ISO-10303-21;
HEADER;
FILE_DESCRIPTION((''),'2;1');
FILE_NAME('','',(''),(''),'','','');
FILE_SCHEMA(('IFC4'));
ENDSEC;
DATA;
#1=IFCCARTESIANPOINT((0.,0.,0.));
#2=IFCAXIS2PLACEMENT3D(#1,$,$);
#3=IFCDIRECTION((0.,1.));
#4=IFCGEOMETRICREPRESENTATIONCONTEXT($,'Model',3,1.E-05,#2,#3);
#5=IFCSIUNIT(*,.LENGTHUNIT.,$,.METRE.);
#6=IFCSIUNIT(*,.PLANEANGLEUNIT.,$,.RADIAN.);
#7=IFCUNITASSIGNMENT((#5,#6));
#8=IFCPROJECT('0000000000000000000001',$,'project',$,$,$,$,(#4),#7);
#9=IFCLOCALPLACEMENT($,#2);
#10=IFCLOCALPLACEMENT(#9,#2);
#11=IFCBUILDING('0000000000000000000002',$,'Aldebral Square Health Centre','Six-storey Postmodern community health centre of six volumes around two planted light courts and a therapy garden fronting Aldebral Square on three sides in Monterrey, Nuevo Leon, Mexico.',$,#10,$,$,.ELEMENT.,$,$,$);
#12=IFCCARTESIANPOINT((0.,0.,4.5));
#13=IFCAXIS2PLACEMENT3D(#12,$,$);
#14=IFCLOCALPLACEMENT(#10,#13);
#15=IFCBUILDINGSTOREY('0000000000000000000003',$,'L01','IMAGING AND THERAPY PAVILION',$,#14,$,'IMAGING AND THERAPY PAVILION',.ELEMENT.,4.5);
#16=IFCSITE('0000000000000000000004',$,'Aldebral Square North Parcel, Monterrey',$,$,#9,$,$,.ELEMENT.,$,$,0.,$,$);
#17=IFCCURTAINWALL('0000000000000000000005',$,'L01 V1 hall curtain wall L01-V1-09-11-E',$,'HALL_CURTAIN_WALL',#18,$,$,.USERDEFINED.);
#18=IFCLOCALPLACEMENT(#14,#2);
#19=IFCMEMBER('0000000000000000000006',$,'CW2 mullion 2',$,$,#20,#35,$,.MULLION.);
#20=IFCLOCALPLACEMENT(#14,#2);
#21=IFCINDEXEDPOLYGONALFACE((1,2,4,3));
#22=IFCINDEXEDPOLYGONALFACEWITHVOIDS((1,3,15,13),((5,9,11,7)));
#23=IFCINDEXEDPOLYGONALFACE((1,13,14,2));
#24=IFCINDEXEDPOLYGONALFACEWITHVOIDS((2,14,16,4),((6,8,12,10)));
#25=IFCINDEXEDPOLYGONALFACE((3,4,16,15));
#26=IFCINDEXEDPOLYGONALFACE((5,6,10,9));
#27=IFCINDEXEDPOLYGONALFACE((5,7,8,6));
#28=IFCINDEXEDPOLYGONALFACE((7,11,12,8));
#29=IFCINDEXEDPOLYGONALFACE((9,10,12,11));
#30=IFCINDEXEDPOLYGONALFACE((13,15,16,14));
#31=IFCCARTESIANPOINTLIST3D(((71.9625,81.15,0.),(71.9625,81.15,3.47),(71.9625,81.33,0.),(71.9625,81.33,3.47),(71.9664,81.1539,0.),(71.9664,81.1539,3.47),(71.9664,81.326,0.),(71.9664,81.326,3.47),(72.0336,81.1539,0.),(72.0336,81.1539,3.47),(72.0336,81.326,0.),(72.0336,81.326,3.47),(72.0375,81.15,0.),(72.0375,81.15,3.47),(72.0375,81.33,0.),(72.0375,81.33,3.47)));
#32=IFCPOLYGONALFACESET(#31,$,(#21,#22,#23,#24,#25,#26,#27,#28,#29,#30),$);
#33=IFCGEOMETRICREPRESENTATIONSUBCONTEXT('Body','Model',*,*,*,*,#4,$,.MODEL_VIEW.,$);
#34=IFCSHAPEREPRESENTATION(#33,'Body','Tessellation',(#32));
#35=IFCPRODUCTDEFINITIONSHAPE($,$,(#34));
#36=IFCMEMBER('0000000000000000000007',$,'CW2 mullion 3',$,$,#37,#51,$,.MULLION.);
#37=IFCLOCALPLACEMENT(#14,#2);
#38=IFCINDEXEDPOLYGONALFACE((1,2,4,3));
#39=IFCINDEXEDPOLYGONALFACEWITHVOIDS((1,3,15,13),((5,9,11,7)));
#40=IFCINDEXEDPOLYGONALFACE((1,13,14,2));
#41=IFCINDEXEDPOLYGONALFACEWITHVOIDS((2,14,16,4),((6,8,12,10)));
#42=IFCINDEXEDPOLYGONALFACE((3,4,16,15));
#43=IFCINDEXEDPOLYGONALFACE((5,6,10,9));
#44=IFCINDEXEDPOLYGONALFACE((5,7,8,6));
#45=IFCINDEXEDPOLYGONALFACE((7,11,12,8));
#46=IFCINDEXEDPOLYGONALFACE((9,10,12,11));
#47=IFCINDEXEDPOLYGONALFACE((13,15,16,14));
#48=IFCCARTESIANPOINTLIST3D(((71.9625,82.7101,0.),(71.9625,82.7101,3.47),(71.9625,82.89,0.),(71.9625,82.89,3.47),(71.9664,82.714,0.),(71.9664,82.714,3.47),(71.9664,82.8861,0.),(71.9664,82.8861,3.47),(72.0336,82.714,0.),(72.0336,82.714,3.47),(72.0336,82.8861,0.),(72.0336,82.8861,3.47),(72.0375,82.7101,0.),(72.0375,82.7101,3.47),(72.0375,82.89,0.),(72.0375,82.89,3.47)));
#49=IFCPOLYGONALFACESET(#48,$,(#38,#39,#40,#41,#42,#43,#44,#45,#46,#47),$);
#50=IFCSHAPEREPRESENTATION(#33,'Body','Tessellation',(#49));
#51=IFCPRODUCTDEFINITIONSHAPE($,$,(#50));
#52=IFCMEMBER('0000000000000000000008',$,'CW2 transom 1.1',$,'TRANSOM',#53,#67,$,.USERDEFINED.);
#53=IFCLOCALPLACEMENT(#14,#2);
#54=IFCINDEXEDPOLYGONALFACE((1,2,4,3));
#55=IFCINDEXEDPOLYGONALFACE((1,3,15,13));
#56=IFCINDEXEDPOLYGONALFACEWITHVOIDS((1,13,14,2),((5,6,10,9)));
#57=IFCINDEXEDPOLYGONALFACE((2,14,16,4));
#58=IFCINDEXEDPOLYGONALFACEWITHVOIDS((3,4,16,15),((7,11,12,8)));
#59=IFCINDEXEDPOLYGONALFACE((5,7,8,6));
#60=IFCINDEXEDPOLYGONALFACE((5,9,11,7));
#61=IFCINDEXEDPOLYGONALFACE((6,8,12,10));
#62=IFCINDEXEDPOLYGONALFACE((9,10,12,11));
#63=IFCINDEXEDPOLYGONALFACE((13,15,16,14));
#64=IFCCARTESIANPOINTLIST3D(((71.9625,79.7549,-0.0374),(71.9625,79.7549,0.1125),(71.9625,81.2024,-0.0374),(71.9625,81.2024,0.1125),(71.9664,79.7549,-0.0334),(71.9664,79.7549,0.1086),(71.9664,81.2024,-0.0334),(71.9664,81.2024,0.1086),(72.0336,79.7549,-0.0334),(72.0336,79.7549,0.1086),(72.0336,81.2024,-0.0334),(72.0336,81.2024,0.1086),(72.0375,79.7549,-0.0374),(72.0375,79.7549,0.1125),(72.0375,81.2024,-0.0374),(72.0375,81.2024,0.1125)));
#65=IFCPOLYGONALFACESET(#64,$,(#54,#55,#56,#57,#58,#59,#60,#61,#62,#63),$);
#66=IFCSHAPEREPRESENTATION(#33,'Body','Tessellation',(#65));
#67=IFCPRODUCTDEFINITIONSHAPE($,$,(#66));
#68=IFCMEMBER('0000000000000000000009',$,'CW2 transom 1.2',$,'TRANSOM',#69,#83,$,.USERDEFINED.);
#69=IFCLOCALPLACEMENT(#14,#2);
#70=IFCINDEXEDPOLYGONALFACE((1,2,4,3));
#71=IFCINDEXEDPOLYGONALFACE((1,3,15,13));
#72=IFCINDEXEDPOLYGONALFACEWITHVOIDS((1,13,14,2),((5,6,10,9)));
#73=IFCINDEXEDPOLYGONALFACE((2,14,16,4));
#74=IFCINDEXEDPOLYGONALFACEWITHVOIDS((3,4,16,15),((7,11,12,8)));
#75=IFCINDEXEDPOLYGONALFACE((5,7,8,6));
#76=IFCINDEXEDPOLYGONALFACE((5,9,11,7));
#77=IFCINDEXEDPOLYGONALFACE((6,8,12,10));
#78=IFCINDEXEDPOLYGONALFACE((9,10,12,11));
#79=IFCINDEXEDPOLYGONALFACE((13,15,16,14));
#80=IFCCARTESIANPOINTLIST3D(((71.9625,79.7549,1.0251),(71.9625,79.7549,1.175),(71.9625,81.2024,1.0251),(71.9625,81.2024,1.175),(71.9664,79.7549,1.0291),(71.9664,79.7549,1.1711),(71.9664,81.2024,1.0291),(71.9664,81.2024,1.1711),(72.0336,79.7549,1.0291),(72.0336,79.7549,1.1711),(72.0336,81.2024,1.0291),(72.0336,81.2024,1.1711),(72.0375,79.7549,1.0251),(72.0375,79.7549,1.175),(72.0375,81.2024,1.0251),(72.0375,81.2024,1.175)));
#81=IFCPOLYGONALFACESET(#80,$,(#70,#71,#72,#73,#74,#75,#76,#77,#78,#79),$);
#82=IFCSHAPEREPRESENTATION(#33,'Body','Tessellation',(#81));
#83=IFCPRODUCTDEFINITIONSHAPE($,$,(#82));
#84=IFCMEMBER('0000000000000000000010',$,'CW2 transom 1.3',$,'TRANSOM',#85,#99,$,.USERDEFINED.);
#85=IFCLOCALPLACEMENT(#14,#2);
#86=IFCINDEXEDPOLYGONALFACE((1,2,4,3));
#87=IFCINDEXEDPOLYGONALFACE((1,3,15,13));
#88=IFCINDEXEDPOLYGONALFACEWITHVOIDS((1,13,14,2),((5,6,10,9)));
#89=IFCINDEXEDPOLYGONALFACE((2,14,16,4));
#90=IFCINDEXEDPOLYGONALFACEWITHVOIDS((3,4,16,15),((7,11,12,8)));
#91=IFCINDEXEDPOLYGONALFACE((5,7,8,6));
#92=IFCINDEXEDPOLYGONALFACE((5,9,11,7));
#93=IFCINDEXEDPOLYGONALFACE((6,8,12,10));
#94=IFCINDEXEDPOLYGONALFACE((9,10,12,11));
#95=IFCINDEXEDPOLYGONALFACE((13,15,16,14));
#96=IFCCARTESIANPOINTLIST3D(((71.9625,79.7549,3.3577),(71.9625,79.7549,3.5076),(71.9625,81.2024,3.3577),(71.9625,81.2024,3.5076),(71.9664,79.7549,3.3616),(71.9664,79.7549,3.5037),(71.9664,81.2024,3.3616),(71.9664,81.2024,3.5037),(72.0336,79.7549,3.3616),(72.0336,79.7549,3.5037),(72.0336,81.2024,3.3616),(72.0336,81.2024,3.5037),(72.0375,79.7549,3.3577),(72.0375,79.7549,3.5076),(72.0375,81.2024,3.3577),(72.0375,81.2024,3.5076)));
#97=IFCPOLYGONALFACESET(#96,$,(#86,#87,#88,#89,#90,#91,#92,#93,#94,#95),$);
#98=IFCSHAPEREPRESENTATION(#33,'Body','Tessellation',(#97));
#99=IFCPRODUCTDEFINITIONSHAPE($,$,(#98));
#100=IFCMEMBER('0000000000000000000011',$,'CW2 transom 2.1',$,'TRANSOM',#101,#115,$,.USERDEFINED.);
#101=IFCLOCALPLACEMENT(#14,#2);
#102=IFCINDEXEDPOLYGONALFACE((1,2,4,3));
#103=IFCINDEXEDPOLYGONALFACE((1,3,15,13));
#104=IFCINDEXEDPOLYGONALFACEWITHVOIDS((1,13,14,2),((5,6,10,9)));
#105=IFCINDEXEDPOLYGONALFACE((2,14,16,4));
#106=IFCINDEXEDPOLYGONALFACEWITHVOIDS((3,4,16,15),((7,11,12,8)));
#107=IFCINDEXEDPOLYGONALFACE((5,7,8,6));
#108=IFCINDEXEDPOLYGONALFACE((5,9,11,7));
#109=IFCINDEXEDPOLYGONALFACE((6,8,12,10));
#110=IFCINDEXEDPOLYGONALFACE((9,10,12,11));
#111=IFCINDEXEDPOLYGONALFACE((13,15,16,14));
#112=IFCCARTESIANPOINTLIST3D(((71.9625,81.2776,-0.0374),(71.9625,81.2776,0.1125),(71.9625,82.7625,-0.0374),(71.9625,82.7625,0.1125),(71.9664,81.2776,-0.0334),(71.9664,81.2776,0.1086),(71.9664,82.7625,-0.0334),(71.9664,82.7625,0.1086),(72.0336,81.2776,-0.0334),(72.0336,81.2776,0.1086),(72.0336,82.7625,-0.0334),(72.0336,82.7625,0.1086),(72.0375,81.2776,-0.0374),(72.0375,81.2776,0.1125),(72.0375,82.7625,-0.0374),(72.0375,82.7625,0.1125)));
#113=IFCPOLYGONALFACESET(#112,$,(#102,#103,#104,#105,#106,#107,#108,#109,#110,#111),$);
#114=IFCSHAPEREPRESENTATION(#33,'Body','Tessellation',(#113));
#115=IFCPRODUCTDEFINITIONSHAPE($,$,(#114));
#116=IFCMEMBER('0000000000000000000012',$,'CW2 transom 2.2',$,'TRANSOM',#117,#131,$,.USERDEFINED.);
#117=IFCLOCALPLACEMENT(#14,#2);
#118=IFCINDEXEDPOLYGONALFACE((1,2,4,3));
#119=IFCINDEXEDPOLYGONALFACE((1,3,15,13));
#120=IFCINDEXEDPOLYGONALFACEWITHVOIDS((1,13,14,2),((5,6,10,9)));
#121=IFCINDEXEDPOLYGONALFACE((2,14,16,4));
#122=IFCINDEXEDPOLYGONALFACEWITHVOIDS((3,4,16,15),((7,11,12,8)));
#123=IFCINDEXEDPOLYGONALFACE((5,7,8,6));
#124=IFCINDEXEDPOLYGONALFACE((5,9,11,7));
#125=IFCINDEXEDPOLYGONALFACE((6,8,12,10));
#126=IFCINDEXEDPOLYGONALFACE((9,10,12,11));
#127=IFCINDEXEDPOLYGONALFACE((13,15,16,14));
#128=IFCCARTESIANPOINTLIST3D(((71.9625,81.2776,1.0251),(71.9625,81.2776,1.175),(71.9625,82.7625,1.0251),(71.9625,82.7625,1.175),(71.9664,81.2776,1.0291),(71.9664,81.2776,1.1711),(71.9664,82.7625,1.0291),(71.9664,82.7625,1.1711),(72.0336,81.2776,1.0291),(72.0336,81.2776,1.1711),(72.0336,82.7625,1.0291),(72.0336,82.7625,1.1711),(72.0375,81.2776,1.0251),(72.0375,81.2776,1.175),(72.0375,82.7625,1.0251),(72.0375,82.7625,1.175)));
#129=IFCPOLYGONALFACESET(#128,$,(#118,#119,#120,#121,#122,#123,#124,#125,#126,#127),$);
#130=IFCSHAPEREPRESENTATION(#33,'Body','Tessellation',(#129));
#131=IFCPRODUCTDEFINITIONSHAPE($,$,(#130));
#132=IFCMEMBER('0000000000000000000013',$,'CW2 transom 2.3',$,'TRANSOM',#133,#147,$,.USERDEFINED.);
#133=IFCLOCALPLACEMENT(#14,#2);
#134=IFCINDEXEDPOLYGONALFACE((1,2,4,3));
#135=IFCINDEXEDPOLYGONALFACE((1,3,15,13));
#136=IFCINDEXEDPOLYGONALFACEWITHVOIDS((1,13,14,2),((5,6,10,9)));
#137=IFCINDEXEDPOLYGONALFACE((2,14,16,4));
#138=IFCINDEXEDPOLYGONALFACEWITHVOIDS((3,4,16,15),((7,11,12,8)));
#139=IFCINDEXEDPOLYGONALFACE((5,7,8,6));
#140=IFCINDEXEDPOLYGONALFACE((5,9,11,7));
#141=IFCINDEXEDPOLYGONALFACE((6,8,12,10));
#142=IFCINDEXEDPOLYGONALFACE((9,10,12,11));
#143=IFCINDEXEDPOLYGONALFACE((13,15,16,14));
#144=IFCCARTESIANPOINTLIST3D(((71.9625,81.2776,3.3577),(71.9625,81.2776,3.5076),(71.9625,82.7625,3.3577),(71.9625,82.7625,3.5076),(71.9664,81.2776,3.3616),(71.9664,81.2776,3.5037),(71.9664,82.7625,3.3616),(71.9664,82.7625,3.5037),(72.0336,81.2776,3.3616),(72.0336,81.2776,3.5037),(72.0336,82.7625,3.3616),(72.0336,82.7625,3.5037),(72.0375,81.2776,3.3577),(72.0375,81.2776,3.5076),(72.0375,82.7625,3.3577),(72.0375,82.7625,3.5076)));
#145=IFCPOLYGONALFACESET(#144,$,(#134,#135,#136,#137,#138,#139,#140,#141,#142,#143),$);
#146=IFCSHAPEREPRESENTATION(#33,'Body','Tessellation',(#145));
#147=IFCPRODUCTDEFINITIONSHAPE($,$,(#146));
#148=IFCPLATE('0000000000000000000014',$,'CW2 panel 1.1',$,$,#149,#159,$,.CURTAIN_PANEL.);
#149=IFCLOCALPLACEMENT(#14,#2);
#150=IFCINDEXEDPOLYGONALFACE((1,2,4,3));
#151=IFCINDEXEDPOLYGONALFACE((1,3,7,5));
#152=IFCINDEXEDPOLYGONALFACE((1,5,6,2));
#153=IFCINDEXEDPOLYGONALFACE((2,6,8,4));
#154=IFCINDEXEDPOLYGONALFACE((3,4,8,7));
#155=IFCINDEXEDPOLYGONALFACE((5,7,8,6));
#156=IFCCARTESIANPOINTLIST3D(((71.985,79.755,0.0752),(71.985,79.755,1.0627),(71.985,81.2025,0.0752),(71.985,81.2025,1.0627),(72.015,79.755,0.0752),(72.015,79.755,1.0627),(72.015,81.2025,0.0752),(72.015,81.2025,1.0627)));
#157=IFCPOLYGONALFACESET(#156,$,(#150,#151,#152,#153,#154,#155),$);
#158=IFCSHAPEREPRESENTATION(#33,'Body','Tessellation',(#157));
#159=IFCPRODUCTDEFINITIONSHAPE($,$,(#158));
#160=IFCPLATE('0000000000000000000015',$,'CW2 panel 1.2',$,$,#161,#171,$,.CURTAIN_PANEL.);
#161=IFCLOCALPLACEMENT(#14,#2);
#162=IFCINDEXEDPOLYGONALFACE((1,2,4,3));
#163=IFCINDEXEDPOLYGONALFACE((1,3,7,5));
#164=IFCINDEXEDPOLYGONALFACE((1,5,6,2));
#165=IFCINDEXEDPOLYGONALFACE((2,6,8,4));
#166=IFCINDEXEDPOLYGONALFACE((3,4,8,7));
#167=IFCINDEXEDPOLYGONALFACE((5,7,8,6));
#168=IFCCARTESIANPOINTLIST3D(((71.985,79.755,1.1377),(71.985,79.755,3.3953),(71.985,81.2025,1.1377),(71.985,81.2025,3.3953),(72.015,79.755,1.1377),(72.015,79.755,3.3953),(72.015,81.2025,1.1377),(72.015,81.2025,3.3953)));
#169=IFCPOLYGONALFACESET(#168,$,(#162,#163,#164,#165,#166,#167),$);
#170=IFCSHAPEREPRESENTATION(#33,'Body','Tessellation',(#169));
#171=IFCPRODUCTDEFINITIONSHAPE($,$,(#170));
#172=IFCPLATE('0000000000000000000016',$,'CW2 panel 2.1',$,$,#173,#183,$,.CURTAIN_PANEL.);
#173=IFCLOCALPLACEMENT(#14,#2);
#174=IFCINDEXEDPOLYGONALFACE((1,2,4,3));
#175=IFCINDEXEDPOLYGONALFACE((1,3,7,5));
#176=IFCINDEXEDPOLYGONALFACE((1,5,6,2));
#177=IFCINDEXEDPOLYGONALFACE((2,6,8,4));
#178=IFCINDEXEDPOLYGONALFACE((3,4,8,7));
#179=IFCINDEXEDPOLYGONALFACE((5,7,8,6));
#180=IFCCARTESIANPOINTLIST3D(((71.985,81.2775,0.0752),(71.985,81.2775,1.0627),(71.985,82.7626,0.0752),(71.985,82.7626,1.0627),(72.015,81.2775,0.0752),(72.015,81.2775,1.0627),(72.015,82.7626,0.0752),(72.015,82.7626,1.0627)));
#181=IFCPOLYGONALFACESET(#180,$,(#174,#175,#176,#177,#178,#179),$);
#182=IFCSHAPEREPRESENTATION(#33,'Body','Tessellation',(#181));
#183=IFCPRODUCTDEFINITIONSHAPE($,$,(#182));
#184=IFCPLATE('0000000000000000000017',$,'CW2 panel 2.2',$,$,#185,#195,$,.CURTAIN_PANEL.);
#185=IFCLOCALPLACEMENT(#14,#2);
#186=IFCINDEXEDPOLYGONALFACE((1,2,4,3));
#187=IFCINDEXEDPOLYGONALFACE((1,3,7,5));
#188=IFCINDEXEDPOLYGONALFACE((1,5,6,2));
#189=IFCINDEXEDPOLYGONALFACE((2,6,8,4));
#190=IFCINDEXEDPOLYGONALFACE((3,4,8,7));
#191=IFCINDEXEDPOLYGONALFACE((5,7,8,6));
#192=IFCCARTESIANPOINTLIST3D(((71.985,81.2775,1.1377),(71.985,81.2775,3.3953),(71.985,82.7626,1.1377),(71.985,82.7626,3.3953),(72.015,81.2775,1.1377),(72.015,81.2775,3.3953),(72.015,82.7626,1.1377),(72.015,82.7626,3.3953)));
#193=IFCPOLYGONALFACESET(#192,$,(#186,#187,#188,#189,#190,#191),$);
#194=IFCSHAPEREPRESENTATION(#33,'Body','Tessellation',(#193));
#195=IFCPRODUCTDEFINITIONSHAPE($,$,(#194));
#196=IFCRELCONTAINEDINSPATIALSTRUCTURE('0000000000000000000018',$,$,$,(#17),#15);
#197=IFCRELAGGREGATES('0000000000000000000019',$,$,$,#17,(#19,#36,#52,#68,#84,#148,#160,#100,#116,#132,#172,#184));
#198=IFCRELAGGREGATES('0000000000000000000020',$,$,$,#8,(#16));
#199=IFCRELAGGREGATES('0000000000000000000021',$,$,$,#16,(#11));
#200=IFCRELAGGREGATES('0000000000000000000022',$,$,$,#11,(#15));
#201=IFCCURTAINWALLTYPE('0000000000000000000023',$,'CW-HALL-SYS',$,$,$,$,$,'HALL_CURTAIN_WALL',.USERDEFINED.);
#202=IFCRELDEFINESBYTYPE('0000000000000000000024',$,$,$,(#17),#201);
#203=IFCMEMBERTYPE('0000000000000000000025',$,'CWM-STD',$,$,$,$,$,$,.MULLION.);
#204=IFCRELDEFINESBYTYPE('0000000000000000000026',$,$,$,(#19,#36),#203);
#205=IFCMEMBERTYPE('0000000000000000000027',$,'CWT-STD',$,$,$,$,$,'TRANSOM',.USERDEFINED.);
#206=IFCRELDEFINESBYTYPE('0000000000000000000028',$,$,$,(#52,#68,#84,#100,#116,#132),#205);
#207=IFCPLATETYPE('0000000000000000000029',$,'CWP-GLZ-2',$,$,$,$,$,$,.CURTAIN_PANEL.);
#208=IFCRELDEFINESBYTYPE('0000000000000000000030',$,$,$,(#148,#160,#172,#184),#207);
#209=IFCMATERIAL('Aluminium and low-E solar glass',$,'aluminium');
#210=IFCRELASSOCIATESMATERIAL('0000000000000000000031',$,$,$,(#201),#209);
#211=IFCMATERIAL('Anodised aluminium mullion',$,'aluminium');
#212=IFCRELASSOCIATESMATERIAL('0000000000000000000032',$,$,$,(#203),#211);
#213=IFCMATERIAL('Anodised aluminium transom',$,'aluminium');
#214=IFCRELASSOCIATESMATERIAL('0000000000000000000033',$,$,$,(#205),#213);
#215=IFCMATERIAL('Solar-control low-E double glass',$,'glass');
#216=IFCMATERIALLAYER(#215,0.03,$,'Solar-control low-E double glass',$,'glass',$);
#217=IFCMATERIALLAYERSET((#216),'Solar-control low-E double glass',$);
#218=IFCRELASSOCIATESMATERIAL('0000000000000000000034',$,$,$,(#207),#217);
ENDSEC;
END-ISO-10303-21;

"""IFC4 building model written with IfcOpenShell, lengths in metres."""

from ifc_helpers import new_model, si_unit, direction, frame, origin, origin_2d, place, context, subcontext, project, spatial, rectangle, hollow_rectangle, extrude, material, layer, layer_set, material_profile, profile_set, type_object, element, aggregate, save


model = new_model("IFC4")

# Units and contexts
model_context = context("Model", 3, precision=1e-05, world=origin(), true_north=direction((0.0, 1.0)))
body_context = subcontext(model_context, "Body", "Model", "MODEL_VIEW")
ifc_project = project(units=[si_unit("LENGTHUNIT", "METRE"), si_unit("PLANEANGLEUNIT", "RADIAN")], contexts=[model_context])

# Site, building, storey
site_placement = place(None, origin())
site = spatial("IfcSite", under=ifc_project, at=site_placement, Name="Aldebral Square North Parcel, Monterrey", CompositionType="ELEMENT", RefElevation=0.0)
building_placement = place(site_placement, origin())
building = spatial("IfcBuilding", under=site, at=building_placement, Name="Aldebral Square Health Centre", Description="Six-storey Postmodern community health centre of six volumes around two planted light courts and a therapy garden fronting Aldebral Square on three sides in Monterrey, Nuevo Leon, Mexico.", CompositionType="ELEMENT")
storey_placement = place(building_placement, frame((0.0, 0.0, 4.5)))
storey = spatial("IfcBuildingStorey", under=building, at=storey_placement, Name="L01", Description="IMAGING AND THERAPY PAVILION", LongName="IMAGING AND THERAPY PAVILION", CompositionType="ELEMENT", Elevation=4.5)

# Curtain wall, members, plates
ifc_material_1 = material(Name="Aluminium and low-E solar glass", Category="aluminium")
curtain_wall_type = type_object("IfcCurtainWallType", Name="CW-HALL-SYS", ElementType="HALL_CURTAIN_WALL", PredefinedType="USERDEFINED", material=ifc_material_1)
curtain_wall_placement = place(storey_placement, origin())
curtain_wall = element("IfcCurtainWall", 1, at=curtain_wall_placement, inside=storey, type_object=curtain_wall_type, Name="L01 V1 hall curtain wall L01-V1-09-11-E", ObjectType="HALL_CURTAIN_WALL", PredefinedType="USERDEFINED")
ifc_material_2 = material(Name="Anodised aluminium mullion", Category="aluminium")
ifc_material_profile_1 = material_profile(ifc_material_2, hollow_rectangle(XDim=0.075, YDim=0.1799, WallThickness=0.0039, at=origin_2d()), Name="CWM 75x180x4")
ifc_profile_set_1 = profile_set([ifc_material_profile_1], Name="Anodised aluminium mullion")
member_type_1 = type_object("IfcMemberType", Name="CWM-STD", PredefinedType="MULLION", material=ifc_profile_set_1)
member_1_placement = place(storey_placement, frame((72.0, 81.24, 0.0), z_axis=(0.0, 0.0, 1.0), x_axis=(-1.0, 0.0, 0.0)))
member_1 = element("IfcMember", 2, at=member_1_placement, type_object=member_type_1, Name="CW2 mullion 2", PredefinedType="MULLION", context=body_context, shape_type="SweptSolid", body=[
    extrude(hollow_rectangle(XDim=0.075, YDim=0.1799, WallThickness=0.0039, at=origin_2d()), origin(), (0.0, 0.0, 1.0), 3.47),
])
member_2_placement = place(storey_placement, frame((72.0, 82.8, 0.0), z_axis=(0.0, 0.0, 1.0), x_axis=(-1.0, 0.0, 0.0)))
member_2 = element("IfcMember", 3, at=member_2_placement, type_object=member_type_1, Name="CW2 mullion 3", PredefinedType="MULLION", context=body_context, shape_type="SweptSolid", body=[
    extrude(hollow_rectangle(XDim=0.075, YDim=0.1799, WallThickness=0.0039, at=origin_2d()), origin(), (0.0, 0.0, 1.0), 3.47),
])
ifc_material_3 = material(Name="Anodised aluminium transom", Category="aluminium")
ifc_material_profile_2 = material_profile(ifc_material_3, hollow_rectangle(XDim=0.075, YDim=0.1499, WallThickness=0.0039, at=origin_2d()), Name="CWT 75x150x4")
ifc_profile_set_2 = profile_set([ifc_material_profile_2], Name="Anodised aluminium transom")
member_type_2 = type_object("IfcMemberType", Name="CWT-STD", ElementType="TRANSOM", PredefinedType="USERDEFINED", material=ifc_profile_set_2)
member_3_placement = place(storey_placement, frame((72.0, 79.7549, 0.0376), z_axis=(0.0, 1.0, 0.0), x_axis=(-1.0, 0.0, 0.0)))
member_3 = element("IfcMember", 4, at=member_3_placement, type_object=member_type_2, Name="CW2 transom 1.1", ObjectType="TRANSOM", PredefinedType="USERDEFINED", context=body_context, shape_type="SweptSolid", body=[
    extrude(hollow_rectangle(XDim=0.075, YDim=0.1499, WallThickness=0.0039, at=origin_2d()), origin(), (0.0, 0.0, 1.0), 1.4475),
])
member_4_placement = place(storey_placement, frame((72.0, 79.7549, 1.1001), z_axis=(0.0, 1.0, 0.0), x_axis=(-1.0, 0.0, 0.0)))
member_4 = element("IfcMember", 5, at=member_4_placement, type_object=member_type_2, Name="CW2 transom 1.2", ObjectType="TRANSOM", PredefinedType="USERDEFINED", context=body_context, shape_type="SweptSolid", body=[
    extrude(hollow_rectangle(XDim=0.075, YDim=0.1499, WallThickness=0.0039, at=origin_2d()), origin(), (0.0, 0.0, 1.0), 1.4475),
])
member_5_placement = place(storey_placement, frame((72.0, 79.7549, 3.4326), z_axis=(0.0, 1.0, 0.0), x_axis=(-1.0, 0.0, 0.0)))
member_5 = element("IfcMember", 6, at=member_5_placement, type_object=member_type_2, Name="CW2 transom 1.3", ObjectType="TRANSOM", PredefinedType="USERDEFINED", context=body_context, shape_type="SweptSolid", body=[
    extrude(hollow_rectangle(XDim=0.075, YDim=0.1499, WallThickness=0.0039, at=origin_2d()), origin(), (0.0, 0.0, 1.0), 1.4475),
])
member_6_placement = place(storey_placement, frame((72.0, 81.2776, 0.0376), z_axis=(0.0, 1.0, 0.0), x_axis=(-1.0, 0.0, 0.0)))
member_6 = element("IfcMember", 7, at=member_6_placement, type_object=member_type_2, Name="CW2 transom 2.1", ObjectType="TRANSOM", PredefinedType="USERDEFINED", context=body_context, shape_type="SweptSolid", body=[
    extrude(hollow_rectangle(XDim=0.075, YDim=0.1499, WallThickness=0.0039, at=origin_2d()), origin(), (0.0, 0.0, 1.0), 1.4849),
])
member_7_placement = place(storey_placement, frame((72.0, 81.2776, 1.1001), z_axis=(0.0, 1.0, 0.0), x_axis=(-1.0, 0.0, 0.0)))
member_7 = element("IfcMember", 8, at=member_7_placement, type_object=member_type_2, Name="CW2 transom 2.2", ObjectType="TRANSOM", PredefinedType="USERDEFINED", context=body_context, shape_type="SweptSolid", body=[
    extrude(hollow_rectangle(XDim=0.075, YDim=0.1499, WallThickness=0.0039, at=origin_2d()), origin(), (0.0, 0.0, 1.0), 1.4849),
])
member_8_placement = place(storey_placement, frame((72.0, 81.2776, 3.4326), z_axis=(0.0, 1.0, 0.0), x_axis=(-1.0, 0.0, 0.0)))
member_8 = element("IfcMember", 9, at=member_8_placement, type_object=member_type_2, Name="CW2 transom 2.3", ObjectType="TRANSOM", PredefinedType="USERDEFINED", context=body_context, shape_type="SweptSolid", body=[
    extrude(hollow_rectangle(XDim=0.075, YDim=0.1499, WallThickness=0.0039, at=origin_2d()), origin(), (0.0, 0.0, 1.0), 1.4849),
])
ifc_material_4 = material(Name="Solar-control low-E double glass", Category="glass")
ifc_layer = layer(ifc_material_4, 0.03, Name="Solar-control low-E double glass", Category="glass")
ifc_layer_set = layer_set([ifc_layer], Name="Solar-control low-E double glass")
plate_type = type_object("IfcPlateType", Name="CWP-GLZ-2", PredefinedType="CURTAIN_PANEL", material=ifc_layer_set)
plate_1_placement = place(storey_placement, frame((72.0, 80.4788, 0.0752), z_axis=(0.0, 0.0, 1.0), x_axis=(0.0, 1.0, 0.0)))
plate_1 = element("IfcPlate", 10, at=plate_1_placement, type_object=plate_type, Name="CW2 panel 1.1", PredefinedType="CURTAIN_PANEL", context=body_context, shape_type="SweptSolid", body=[
    extrude(rectangle(XDim=1.4475, YDim=0.03, at=origin_2d()), origin(), (0.0, 0.0, 1.0), 0.9875),
])
plate_2_placement = place(storey_placement, frame((72.0, 80.4788, 1.1377), z_axis=(0.0, 0.0, 1.0), x_axis=(0.0, 1.0, 0.0)))
plate_2 = element("IfcPlate", 11, at=plate_2_placement, type_object=plate_type, Name="CW2 panel 1.2", PredefinedType="CURTAIN_PANEL", context=body_context, shape_type="SweptSolid", body=[
    extrude(rectangle(XDim=1.4475, YDim=0.03, at=origin_2d()), origin(), (0.0, 0.0, 1.0), 2.2576),
])
plate_3_placement = place(storey_placement, frame((72.0, 82.02, 0.0752), z_axis=(0.0, 0.0, 1.0), x_axis=(0.0, 1.0, 0.0)))
plate_3 = element("IfcPlate", 12, at=plate_3_placement, type_object=plate_type, Name="CW2 panel 2.1", PredefinedType="CURTAIN_PANEL", context=body_context, shape_type="SweptSolid", body=[
    extrude(rectangle(XDim=1.4851, YDim=0.03, at=origin_2d()), origin(), (0.0, 0.0, 1.0), 0.9875),
])
plate_4_placement = place(storey_placement, frame((72.0, 82.02, 1.1377), z_axis=(0.0, 0.0, 1.0), x_axis=(0.0, 1.0, 0.0)))
plate_4 = element("IfcPlate", 13, at=plate_4_placement, type_object=plate_type, Name="CW2 panel 2.2", PredefinedType="CURTAIN_PANEL", context=body_context, shape_type="SweptSolid", body=[
    extrude(rectangle(XDim=1.4851, YDim=0.03, at=origin_2d()), origin(), (0.0, 0.0, 1.0), 2.2576),
])
aggregate(curtain_wall, [member_1, member_2, member_3, member_4, member_5, plate_1, plate_2, member_6, member_7, member_8, plate_3, plate_4])

save(model, "model.ifc")
